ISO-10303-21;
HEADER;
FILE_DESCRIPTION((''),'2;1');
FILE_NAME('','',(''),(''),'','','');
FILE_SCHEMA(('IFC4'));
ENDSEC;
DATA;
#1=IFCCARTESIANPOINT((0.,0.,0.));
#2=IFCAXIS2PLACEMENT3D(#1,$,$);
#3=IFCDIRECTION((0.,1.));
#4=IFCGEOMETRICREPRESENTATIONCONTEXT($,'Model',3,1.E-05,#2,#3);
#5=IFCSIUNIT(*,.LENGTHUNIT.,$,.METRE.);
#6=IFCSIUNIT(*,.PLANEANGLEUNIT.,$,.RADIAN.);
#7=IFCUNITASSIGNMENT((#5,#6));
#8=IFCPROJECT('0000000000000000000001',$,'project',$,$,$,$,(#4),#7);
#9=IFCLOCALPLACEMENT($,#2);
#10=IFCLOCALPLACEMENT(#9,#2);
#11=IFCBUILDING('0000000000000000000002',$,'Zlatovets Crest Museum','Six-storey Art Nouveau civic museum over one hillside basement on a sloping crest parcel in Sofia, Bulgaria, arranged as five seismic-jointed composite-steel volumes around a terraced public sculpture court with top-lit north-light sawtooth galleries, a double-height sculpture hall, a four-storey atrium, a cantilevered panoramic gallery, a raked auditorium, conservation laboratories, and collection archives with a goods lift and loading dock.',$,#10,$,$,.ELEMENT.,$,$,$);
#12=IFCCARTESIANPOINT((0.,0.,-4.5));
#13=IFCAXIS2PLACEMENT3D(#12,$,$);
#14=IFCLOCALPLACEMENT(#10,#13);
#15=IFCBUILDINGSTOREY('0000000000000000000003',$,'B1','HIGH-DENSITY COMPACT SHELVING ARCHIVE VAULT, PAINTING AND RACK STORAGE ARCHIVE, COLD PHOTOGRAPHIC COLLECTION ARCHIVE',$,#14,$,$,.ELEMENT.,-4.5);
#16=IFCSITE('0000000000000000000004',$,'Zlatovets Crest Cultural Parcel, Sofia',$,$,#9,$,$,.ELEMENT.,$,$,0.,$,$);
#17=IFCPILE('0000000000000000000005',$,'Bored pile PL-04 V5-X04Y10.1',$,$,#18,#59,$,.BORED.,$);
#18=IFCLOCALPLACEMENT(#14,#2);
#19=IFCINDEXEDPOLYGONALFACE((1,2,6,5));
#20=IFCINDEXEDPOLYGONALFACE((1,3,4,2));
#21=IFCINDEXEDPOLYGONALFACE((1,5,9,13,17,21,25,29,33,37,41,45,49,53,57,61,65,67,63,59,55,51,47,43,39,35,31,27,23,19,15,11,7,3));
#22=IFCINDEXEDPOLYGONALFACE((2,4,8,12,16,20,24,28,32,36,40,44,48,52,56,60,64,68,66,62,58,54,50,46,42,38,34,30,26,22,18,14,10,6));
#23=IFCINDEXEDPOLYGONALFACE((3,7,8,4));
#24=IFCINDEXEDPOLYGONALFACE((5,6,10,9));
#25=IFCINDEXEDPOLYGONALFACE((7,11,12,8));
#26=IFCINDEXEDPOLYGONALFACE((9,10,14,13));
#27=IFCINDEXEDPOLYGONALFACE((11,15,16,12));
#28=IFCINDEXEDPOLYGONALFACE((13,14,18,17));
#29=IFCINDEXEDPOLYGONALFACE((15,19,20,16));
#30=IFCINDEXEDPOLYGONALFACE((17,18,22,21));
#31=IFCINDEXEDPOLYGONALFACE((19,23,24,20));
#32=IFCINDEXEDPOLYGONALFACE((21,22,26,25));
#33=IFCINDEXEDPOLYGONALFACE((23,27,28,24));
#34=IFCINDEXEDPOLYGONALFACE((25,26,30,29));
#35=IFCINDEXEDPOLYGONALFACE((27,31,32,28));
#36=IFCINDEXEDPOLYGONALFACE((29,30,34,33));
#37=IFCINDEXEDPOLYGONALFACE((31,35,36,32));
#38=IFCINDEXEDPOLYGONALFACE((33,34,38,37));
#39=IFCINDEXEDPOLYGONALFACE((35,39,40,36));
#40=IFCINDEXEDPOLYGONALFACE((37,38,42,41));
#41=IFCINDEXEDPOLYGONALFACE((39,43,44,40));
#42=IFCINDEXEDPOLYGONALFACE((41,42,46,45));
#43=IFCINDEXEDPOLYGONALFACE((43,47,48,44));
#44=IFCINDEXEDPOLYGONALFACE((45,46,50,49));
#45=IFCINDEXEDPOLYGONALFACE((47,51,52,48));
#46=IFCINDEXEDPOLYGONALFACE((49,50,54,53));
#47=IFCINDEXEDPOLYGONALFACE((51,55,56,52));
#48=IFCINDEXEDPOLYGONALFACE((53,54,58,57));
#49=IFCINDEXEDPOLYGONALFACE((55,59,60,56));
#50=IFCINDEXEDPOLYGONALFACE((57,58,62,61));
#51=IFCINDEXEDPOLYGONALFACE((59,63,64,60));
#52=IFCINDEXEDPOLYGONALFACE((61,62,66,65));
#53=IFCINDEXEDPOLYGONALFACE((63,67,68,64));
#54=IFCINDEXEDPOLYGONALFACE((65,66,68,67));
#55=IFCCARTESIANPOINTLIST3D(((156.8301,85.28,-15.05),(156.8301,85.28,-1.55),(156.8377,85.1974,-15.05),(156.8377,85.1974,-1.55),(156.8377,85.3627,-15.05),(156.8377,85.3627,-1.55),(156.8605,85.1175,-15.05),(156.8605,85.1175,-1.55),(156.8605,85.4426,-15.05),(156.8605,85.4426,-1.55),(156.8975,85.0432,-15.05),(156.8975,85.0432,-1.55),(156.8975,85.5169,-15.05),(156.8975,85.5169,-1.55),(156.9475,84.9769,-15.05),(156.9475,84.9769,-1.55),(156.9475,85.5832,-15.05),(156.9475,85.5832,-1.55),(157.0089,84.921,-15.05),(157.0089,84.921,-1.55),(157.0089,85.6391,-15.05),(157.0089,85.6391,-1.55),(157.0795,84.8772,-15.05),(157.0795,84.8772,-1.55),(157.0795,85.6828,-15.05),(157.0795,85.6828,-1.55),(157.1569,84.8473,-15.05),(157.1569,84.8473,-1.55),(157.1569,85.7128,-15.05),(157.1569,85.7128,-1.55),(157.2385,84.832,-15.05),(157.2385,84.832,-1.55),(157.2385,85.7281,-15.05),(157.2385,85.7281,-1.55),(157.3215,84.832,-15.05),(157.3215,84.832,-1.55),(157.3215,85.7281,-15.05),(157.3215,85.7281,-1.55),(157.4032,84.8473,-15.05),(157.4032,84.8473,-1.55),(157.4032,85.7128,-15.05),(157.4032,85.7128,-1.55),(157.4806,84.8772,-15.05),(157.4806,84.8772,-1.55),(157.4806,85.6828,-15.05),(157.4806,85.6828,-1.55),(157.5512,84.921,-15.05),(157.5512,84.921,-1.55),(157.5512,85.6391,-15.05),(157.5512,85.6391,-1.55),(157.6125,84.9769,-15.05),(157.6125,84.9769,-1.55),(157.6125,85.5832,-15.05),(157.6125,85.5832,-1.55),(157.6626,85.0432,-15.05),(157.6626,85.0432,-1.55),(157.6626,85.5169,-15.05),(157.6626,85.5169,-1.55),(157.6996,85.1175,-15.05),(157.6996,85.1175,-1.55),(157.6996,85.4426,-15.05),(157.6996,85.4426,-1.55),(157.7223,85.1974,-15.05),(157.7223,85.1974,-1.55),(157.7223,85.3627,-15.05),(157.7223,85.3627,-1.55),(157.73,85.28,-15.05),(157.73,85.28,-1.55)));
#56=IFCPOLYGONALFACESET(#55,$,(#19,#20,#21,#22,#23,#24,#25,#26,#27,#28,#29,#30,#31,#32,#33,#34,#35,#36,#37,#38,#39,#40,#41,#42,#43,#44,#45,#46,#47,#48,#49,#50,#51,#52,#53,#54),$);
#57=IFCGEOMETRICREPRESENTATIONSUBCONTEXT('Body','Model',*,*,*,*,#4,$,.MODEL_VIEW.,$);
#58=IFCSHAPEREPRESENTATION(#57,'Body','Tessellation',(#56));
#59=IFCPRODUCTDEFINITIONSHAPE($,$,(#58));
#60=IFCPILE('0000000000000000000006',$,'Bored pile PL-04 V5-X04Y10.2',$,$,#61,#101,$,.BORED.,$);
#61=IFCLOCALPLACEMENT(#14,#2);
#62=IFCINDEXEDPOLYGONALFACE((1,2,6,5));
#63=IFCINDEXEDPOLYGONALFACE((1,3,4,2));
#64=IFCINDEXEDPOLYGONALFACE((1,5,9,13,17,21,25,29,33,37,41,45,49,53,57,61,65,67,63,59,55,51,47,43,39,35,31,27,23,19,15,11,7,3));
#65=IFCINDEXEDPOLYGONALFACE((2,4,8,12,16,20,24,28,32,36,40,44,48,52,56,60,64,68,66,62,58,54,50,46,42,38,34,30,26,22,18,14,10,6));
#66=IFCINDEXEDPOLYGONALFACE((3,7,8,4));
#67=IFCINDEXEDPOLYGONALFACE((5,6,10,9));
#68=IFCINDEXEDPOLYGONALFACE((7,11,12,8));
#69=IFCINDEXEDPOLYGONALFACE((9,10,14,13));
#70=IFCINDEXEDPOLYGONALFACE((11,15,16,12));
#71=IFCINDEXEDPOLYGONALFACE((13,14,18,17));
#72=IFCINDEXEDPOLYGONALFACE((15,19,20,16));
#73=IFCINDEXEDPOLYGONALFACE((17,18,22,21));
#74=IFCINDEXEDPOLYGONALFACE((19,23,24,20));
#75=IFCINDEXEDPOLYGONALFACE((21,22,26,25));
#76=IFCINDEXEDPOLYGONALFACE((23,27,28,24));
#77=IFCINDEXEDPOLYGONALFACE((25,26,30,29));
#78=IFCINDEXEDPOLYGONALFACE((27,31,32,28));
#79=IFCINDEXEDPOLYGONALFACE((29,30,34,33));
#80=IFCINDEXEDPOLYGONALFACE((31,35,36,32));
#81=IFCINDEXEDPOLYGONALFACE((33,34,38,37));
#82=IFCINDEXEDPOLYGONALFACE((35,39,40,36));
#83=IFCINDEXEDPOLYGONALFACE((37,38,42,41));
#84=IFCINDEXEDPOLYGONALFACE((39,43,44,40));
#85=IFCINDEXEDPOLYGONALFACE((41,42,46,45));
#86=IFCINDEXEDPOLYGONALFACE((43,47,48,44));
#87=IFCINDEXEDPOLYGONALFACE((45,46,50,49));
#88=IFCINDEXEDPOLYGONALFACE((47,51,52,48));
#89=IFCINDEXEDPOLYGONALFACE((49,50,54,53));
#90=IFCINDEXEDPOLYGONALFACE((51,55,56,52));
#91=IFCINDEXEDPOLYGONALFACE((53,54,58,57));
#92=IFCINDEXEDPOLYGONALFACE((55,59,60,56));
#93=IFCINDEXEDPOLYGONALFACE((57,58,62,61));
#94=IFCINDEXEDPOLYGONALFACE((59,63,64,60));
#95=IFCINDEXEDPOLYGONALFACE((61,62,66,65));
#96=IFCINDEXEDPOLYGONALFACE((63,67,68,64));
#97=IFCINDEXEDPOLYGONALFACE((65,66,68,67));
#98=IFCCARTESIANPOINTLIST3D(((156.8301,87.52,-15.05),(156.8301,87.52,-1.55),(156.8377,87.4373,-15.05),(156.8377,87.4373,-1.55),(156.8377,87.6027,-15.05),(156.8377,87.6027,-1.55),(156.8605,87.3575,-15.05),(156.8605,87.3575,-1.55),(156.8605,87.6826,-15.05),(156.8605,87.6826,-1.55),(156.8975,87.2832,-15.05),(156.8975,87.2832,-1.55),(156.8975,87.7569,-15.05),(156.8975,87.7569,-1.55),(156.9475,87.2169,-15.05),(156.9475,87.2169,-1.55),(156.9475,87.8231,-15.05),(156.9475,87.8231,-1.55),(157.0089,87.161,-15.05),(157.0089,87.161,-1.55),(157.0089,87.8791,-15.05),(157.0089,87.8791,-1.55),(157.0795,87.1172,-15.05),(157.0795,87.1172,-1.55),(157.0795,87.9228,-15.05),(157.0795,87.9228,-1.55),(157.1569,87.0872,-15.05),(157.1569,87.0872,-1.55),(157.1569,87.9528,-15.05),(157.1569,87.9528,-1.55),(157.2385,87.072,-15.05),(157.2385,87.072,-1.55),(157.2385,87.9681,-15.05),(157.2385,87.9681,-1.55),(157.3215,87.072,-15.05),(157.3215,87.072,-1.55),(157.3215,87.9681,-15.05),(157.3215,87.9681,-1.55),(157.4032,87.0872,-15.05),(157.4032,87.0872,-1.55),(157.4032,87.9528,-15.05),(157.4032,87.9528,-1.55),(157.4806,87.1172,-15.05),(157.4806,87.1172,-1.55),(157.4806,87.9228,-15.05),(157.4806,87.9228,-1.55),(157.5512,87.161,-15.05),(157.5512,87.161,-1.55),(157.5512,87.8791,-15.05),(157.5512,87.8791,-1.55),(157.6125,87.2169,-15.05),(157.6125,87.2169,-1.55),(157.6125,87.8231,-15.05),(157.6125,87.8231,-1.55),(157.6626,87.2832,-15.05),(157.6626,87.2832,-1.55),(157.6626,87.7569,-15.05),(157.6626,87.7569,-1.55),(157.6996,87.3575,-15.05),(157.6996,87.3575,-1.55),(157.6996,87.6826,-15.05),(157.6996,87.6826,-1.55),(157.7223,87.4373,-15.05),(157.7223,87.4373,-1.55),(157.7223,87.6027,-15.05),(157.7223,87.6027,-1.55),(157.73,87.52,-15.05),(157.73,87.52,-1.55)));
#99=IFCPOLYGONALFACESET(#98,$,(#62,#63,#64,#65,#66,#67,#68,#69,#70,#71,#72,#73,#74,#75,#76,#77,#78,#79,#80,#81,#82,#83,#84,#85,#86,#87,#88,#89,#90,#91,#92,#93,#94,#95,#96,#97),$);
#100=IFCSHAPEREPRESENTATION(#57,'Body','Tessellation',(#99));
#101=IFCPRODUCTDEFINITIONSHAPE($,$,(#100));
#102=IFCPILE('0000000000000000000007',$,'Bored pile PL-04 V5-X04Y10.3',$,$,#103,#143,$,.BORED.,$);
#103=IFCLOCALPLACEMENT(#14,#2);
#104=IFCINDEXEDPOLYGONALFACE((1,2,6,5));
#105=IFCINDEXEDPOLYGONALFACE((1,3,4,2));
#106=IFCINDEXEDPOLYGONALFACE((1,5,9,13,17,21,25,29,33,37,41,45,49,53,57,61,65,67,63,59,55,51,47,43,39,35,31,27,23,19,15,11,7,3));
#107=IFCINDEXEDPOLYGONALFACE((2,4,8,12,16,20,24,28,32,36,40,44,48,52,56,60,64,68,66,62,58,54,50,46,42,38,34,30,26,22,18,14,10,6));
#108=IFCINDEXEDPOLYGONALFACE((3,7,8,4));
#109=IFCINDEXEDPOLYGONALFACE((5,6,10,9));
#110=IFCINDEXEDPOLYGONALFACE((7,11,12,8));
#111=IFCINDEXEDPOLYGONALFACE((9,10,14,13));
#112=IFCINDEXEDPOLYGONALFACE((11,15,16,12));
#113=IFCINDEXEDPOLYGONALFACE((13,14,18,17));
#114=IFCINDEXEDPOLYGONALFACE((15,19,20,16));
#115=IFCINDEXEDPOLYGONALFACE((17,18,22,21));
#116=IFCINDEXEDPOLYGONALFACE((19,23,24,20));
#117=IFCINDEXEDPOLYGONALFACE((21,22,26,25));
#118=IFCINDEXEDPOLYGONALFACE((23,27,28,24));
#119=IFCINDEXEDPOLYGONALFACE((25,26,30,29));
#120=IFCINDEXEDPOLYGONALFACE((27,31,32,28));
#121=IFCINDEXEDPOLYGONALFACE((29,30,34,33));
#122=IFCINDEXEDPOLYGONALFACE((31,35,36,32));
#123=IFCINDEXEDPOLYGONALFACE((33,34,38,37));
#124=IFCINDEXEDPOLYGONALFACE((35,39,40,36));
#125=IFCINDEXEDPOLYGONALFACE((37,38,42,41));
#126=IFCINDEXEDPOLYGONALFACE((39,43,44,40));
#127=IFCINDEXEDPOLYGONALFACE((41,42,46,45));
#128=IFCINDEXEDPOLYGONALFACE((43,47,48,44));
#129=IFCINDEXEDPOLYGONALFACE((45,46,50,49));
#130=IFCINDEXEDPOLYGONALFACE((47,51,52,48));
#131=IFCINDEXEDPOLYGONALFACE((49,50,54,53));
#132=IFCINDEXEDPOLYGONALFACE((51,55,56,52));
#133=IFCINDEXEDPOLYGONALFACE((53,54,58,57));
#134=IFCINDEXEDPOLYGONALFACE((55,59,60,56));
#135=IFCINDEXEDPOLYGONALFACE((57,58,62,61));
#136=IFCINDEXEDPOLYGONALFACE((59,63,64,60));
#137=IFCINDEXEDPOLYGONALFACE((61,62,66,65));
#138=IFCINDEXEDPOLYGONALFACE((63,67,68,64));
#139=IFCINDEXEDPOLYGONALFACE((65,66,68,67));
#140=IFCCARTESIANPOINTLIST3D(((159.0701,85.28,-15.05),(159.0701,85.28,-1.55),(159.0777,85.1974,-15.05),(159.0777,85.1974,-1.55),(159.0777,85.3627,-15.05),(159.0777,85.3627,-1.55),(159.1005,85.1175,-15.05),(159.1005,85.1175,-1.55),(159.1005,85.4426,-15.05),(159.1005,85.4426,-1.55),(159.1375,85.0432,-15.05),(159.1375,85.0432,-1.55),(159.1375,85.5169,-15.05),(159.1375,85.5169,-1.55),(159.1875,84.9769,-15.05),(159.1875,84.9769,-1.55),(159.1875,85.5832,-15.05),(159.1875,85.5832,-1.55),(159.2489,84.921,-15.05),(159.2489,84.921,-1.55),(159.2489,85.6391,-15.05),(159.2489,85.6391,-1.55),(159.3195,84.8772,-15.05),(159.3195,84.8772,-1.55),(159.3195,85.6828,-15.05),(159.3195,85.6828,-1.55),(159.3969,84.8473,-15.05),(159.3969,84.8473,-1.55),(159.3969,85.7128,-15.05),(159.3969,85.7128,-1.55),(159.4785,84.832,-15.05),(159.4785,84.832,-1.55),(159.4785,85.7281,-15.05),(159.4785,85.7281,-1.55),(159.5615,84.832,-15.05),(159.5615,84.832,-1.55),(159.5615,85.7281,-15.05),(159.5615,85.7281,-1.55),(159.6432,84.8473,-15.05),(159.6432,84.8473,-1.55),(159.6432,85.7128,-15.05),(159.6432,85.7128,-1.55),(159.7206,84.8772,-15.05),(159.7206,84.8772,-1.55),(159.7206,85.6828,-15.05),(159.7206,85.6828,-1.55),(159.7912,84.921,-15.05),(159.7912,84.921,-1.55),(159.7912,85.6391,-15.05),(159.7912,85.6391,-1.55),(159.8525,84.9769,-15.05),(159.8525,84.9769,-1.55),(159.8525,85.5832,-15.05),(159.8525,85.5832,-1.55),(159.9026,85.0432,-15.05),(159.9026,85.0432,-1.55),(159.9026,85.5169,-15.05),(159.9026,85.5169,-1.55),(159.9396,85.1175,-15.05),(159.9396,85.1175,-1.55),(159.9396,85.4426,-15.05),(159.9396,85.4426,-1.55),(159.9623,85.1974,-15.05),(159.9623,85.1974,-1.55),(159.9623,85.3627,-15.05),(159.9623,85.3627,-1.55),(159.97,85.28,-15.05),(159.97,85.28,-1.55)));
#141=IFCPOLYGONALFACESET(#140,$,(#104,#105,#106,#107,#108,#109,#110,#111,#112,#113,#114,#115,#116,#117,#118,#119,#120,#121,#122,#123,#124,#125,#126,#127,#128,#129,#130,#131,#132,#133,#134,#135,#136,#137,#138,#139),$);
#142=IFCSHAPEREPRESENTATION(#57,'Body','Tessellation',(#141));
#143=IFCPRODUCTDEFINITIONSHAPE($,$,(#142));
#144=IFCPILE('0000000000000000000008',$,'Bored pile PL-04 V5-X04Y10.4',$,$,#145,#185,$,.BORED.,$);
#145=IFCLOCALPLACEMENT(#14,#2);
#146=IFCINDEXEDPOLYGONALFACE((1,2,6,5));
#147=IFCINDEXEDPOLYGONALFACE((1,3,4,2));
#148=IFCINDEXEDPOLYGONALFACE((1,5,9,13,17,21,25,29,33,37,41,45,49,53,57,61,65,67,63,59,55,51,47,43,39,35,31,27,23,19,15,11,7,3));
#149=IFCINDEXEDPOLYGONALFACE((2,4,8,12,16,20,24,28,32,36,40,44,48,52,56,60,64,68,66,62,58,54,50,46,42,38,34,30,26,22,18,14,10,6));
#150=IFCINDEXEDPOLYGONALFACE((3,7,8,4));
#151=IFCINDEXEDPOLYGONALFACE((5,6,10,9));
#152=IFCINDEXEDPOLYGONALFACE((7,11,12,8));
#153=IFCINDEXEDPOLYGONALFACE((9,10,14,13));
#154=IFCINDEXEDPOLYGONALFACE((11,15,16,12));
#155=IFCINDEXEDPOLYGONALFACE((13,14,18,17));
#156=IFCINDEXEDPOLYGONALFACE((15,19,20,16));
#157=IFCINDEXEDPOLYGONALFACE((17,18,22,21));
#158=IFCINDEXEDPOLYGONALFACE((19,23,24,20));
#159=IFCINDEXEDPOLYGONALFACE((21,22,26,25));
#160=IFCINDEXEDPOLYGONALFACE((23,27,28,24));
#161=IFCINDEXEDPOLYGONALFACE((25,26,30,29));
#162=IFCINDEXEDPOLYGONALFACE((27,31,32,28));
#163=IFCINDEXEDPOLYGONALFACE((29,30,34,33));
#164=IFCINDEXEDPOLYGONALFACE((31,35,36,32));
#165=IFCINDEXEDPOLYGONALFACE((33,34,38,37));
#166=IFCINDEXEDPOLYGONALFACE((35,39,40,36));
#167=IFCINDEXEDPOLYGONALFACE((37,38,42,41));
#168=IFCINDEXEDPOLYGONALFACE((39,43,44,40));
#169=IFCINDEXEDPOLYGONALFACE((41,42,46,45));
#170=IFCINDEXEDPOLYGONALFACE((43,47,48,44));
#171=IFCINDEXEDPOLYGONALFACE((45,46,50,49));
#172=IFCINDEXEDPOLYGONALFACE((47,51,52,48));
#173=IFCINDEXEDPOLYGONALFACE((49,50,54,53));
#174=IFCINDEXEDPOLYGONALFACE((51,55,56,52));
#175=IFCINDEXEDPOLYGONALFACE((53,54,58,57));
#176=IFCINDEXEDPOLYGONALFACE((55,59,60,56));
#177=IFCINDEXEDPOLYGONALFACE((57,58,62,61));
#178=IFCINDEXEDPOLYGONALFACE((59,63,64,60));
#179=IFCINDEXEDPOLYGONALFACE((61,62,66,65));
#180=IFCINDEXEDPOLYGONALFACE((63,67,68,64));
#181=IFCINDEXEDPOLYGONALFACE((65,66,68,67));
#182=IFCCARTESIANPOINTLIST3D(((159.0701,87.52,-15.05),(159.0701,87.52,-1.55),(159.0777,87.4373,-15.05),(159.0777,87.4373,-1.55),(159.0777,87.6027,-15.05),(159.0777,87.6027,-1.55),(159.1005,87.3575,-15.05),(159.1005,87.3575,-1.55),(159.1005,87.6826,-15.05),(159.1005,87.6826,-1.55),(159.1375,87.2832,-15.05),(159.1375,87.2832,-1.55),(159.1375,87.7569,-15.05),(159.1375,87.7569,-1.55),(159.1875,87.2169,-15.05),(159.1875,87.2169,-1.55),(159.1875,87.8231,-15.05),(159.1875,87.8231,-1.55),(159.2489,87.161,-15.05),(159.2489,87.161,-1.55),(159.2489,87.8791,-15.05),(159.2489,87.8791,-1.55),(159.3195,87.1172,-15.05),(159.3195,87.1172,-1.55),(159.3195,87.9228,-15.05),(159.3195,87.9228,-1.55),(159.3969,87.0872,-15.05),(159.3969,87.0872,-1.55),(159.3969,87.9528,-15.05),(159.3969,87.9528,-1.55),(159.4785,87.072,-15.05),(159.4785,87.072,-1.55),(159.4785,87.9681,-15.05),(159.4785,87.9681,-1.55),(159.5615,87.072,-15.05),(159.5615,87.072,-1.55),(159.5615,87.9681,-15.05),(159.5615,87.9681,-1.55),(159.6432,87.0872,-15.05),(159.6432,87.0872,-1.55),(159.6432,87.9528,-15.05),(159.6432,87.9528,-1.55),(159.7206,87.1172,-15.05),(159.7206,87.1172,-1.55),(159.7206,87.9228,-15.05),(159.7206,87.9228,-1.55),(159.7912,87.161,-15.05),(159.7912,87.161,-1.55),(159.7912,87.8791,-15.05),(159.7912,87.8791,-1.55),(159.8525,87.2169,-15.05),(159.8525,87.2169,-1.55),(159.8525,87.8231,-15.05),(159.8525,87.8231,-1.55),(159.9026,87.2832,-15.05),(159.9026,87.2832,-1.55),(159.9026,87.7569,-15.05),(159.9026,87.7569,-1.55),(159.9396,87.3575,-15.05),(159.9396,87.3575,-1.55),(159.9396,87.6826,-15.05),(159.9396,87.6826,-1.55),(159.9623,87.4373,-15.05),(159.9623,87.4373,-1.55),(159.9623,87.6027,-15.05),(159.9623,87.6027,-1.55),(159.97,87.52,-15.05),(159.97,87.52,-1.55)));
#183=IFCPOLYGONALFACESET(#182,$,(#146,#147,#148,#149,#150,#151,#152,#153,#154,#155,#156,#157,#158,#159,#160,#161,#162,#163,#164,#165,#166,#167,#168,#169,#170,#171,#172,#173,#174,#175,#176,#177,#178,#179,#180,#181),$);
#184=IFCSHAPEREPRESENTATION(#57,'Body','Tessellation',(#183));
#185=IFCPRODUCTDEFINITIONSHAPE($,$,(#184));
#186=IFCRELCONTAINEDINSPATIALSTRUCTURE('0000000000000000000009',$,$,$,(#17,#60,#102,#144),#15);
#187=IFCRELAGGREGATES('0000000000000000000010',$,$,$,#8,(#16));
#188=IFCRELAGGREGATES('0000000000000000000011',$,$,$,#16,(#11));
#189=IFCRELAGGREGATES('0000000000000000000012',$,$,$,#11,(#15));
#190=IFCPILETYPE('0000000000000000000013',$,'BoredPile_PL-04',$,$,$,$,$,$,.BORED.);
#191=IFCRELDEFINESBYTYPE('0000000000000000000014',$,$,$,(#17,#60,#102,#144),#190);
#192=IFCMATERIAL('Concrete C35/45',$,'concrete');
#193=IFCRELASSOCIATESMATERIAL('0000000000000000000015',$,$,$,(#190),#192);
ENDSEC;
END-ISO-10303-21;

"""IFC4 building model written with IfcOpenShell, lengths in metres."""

from ifc_helpers import new_model, si_unit, direction, frame, origin, origin_2d, place, context, subcontext, project, spatial, circle, extrude, material, material_profile, profile_set, type_object, element, save


model = new_model("IFC4")

# Units and contexts
model_context = context("Model", 3, precision=1e-05, world=origin(), true_north=direction((0.0, 1.0)))
body_context = subcontext(model_context, "Body", "Model", "MODEL_VIEW")
ifc_project = project(units=[si_unit("LENGTHUNIT", "METRE"), si_unit("PLANEANGLEUNIT", "RADIAN")], contexts=[model_context])

# Site, building, storey
site_placement = place(None, origin())
site = spatial("IfcSite", under=ifc_project, at=site_placement, Name="Zlatovets Crest Cultural Parcel, Sofia", CompositionType="ELEMENT", RefElevation=0.0)
building_placement = place(site_placement, origin())
building = spatial("IfcBuilding", under=site, at=building_placement, Name="Zlatovets Crest Museum", Description="Six-storey Art Nouveau civic museum over one hillside basement on a sloping crest parcel in Sofia, Bulgaria, arranged as five seismic-jointed composite-steel volumes around a terraced public sculpture court with top-lit north-light sawtooth galleries, a double-height sculpture hall, a four-storey atrium, a cantilevered panoramic gallery, a raked auditorium, conservation laboratories, and collection archives with a goods lift and loading dock.", CompositionType="ELEMENT")
storey_placement = place(building_placement, frame((0.0, 0.0, -4.5)))
storey = spatial("IfcBuildingStorey", under=building, at=storey_placement, Name="B1", Description="HIGH-DENSITY COMPACT SHELVING ARCHIVE VAULT, PAINTING AND RACK STORAGE ARCHIVE, COLD PHOTOGRAPHIC COLLECTION ARCHIVE", CompositionType="ELEMENT", Elevation=-4.5)

# Piles
ifc_material = material(Name="Concrete C35/45", Category="concrete")
ifc_material_profile_1 = material_profile(ifc_material, circle(Radius=0.45, at=origin_2d()), Name="PILE D900")
ifc_profile_set_1 = profile_set([ifc_material_profile_1], Name="Concrete C35/45")
pile_type = type_object("IfcPileType", Name="BoredPile_PL-04", PredefinedType="BORED", material=ifc_profile_set_1)
for number, where, z_axis, x_axis, name in (
    (1, (157.28, 85.28, -1.55), (0.0, 0.0, -1.0), (1.0, 0.0, 0.0), "Bored pile PL-04 V5-X04Y10.1"),
    (2, (157.28, 87.52, -1.55), (0.0, 0.0, -1.0), (1.0, 0.0, 0.0), "Bored pile PL-04 V5-X04Y10.2"),
    (3, (159.52, 85.28, -1.55), (0.0, 0.0, -1.0), (1.0, 0.0, 0.0), "Bored pile PL-04 V5-X04Y10.3"),
    (4, (159.52, 87.52, -1.55), (0.0, 0.0, -1.0), (1.0, 0.0, 0.0), "Bored pile PL-04 V5-X04Y10.4"),
):
    element("IfcPile", number, at=place(storey_placement, frame(where, z_axis=z_axis, x_axis=x_axis)), inside=storey, type_object=pile_type, Name=name, PredefinedType="BORED", context=body_context, shape_type="SweptSolid", body=[
        extrude(circle(Radius=0.45, at=origin_2d()), origin(), (0.0, 0.0, 1.0), 13.5),
    ])

save(model, "model.ifc")
